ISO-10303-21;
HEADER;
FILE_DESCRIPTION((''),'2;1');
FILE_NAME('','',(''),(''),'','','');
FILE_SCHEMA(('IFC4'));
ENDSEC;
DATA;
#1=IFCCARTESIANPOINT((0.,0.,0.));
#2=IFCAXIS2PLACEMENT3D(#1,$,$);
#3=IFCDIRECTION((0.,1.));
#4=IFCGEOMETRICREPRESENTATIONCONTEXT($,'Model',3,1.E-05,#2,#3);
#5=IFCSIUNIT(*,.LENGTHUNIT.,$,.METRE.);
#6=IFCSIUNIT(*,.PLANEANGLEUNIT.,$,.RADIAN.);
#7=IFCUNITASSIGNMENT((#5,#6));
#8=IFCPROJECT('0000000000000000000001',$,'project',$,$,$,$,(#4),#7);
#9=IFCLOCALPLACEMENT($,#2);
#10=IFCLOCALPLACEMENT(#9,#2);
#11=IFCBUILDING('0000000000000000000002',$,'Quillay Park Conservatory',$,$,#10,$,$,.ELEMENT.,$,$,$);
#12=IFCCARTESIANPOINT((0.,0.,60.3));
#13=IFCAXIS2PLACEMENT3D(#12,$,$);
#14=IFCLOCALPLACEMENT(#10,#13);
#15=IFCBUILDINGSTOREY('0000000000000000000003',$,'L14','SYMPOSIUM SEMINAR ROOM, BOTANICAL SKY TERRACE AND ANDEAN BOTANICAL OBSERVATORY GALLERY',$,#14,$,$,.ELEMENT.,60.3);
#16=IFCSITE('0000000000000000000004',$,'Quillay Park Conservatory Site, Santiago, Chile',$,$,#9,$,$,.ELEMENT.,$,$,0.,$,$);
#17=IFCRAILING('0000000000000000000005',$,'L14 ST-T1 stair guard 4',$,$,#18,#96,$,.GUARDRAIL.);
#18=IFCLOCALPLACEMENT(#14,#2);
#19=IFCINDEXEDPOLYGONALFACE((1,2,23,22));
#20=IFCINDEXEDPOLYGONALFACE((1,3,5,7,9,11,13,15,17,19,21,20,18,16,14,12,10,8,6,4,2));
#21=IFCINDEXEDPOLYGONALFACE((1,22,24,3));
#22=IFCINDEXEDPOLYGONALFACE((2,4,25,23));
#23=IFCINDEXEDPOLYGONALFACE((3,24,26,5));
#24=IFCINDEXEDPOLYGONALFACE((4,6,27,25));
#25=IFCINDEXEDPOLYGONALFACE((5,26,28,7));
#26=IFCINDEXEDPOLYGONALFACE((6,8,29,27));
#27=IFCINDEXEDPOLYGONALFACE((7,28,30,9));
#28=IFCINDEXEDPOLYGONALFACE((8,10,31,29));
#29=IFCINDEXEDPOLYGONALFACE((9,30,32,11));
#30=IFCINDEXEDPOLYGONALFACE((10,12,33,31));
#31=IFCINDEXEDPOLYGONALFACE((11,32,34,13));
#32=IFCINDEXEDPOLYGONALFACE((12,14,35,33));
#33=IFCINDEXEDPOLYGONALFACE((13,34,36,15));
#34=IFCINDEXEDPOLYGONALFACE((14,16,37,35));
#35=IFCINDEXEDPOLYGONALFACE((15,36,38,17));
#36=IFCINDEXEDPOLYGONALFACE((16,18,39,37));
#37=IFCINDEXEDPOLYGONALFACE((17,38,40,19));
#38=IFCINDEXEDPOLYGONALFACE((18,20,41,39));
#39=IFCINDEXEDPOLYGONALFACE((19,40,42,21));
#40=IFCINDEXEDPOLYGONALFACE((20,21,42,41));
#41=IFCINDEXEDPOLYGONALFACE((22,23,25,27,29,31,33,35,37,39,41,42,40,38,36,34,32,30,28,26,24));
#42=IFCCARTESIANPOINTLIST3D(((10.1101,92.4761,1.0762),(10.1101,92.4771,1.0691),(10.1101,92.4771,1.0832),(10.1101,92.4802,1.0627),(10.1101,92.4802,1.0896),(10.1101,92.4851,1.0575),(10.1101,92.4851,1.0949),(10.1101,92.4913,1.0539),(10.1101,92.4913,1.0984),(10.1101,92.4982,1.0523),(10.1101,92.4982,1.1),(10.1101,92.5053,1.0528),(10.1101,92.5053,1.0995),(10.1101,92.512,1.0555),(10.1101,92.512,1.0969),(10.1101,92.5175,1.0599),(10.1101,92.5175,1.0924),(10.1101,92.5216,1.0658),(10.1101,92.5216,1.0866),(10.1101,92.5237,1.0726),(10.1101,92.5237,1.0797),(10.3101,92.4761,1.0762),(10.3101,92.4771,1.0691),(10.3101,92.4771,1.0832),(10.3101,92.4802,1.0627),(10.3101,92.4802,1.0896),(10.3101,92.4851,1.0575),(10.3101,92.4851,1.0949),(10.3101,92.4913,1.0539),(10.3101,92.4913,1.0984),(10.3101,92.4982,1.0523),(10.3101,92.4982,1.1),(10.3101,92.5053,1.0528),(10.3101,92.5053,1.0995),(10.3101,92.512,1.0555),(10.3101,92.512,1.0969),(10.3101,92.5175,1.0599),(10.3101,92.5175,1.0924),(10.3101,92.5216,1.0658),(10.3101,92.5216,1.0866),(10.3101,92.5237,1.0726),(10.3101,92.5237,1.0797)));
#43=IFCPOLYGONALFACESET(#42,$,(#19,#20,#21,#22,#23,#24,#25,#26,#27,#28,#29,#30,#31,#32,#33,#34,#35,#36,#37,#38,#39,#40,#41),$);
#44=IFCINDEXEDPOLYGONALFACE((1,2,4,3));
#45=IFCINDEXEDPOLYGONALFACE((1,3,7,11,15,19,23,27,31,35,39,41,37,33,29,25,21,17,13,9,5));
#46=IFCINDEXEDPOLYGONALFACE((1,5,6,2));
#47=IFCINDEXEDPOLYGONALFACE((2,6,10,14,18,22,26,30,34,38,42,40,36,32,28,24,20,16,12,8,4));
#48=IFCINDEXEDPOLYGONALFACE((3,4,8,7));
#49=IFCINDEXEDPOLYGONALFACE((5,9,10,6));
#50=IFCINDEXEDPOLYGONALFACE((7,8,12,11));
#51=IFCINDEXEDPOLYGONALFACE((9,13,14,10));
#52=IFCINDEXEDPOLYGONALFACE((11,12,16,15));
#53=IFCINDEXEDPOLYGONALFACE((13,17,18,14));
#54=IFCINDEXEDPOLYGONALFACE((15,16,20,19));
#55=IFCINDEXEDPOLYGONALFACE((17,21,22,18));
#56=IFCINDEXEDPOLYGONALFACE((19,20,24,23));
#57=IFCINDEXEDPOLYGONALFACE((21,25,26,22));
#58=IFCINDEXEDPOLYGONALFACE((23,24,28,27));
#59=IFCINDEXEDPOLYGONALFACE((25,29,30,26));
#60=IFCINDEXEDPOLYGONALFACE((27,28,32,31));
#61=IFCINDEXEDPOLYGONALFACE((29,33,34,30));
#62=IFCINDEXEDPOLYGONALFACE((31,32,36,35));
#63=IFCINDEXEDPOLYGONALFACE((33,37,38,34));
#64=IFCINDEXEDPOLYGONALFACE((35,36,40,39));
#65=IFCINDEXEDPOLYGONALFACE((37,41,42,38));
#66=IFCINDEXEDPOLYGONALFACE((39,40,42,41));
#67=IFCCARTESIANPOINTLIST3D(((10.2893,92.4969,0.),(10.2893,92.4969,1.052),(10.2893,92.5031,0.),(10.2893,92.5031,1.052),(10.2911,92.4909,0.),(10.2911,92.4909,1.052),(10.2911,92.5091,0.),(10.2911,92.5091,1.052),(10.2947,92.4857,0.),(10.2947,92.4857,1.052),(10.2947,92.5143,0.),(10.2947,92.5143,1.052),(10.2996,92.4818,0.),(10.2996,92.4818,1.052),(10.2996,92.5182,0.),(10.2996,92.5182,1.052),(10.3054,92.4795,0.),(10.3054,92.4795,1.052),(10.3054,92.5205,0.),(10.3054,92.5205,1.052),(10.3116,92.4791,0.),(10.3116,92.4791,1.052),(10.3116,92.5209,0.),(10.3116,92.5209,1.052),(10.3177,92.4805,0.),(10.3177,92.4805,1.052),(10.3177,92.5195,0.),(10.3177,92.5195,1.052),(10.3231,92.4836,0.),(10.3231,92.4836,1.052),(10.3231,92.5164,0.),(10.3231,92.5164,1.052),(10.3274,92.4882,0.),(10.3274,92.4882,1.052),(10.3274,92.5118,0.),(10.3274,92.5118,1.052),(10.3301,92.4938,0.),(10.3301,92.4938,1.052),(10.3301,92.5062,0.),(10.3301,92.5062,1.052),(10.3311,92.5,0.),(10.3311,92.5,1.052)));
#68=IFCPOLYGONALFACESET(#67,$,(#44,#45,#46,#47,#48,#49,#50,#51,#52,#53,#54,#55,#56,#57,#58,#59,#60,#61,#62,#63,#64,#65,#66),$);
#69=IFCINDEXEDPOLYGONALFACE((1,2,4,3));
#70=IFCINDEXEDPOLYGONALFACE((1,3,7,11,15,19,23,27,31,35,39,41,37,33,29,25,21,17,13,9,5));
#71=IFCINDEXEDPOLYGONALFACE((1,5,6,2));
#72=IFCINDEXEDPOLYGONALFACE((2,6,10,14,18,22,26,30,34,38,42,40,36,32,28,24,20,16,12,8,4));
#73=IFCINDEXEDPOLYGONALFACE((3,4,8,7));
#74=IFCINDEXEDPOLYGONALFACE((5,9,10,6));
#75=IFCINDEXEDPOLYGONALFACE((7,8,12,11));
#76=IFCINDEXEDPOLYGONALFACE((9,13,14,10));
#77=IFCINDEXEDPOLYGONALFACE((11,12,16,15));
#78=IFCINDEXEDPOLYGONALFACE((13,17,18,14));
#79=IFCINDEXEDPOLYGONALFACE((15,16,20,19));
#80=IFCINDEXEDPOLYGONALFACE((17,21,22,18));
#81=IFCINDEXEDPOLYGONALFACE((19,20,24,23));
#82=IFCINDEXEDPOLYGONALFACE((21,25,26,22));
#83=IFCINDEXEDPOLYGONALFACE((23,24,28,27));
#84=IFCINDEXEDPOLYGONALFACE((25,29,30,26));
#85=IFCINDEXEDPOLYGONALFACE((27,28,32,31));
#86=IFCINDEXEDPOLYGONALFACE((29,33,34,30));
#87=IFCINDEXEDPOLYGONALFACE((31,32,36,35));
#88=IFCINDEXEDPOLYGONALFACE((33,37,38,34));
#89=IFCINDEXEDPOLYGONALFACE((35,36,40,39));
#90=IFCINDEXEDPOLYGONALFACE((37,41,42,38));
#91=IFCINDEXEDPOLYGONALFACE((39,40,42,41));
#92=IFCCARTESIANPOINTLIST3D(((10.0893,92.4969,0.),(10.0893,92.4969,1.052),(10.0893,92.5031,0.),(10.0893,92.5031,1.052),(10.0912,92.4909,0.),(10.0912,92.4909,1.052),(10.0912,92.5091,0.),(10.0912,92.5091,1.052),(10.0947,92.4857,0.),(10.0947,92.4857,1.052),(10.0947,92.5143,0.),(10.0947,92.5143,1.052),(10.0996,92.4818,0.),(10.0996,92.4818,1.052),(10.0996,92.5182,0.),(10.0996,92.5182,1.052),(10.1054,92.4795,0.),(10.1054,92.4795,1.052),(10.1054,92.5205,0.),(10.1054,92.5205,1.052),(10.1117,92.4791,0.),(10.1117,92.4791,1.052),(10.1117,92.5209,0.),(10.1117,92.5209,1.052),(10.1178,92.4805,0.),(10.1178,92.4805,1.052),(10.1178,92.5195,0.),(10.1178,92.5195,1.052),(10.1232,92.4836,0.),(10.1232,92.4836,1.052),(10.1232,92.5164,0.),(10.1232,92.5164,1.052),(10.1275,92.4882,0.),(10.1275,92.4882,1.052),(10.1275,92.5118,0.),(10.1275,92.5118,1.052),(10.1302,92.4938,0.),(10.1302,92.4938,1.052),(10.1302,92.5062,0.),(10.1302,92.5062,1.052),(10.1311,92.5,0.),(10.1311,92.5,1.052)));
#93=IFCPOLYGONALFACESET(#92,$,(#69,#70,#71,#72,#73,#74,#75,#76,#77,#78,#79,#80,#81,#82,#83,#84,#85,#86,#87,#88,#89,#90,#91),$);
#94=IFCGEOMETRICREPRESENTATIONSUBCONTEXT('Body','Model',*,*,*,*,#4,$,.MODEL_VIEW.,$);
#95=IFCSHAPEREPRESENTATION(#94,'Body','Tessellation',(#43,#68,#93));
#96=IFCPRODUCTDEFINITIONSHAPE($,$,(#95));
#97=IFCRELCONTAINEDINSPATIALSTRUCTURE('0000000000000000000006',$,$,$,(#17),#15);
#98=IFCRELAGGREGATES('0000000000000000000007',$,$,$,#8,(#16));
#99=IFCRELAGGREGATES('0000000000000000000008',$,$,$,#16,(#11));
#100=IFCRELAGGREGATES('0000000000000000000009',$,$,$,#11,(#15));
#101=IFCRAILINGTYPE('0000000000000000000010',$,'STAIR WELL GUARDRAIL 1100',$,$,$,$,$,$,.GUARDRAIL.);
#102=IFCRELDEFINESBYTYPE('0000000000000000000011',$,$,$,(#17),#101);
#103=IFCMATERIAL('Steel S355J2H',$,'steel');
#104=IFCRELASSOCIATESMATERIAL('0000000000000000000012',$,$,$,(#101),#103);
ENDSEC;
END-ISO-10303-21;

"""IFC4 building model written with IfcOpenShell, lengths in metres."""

from ifc_helpers import new_model, si_unit, direction, frame, origin, origin_2d, place, context, subcontext, project, spatial, circle, extrude, material, type_object, element, save


model = new_model("IFC4")

# Units and contexts
model_context = context("Model", 3, precision=1e-05, world=origin(), true_north=direction((0.0, 1.0)))
body_context = subcontext(model_context, "Body", "Model", "MODEL_VIEW")
ifc_project = project(units=[si_unit("LENGTHUNIT", "METRE"), si_unit("PLANEANGLEUNIT", "RADIAN")], contexts=[model_context])

# Site, building, storey
site_placement = place(None, origin())
site = spatial("IfcSite", under=ifc_project, at=site_placement, Name="Quillay Park Conservatory Site, Santiago, Chile", CompositionType="ELEMENT", RefElevation=0.0)
building_placement = place(site_placement, origin())
building = spatial("IfcBuilding", under=site, at=building_placement, Name="Quillay Park Conservatory", CompositionType="ELEMENT")
storey_placement = place(building_placement, frame((0.0, 0.0, 60.3)))
storey = spatial("IfcBuildingStorey", under=building, at=storey_placement, Name="L14", Description="SYMPOSIUM SEMINAR ROOM, BOTANICAL SKY TERRACE AND ANDEAN BOTANICAL OBSERVATORY GALLERY", CompositionType="ELEMENT", Elevation=60.3)

# Railing
ifc_material_1 = material(Name="Steel S355J2H", Category="steel")
railing_type_1 = type_object("IfcRailingType", Name="STAIR WELL GUARDRAIL 1100", PredefinedType="GUARDRAIL", material=ifc_material_1)
railing_1_placement = place(storey_placement, frame((10.3101, 92.5, 0.0)))
element("IfcRailing", 1, at=railing_1_placement, inside=storey, type_object=railing_type_1, Name="L14 ST-T1 stair guard 4", PredefinedType="GUARDRAIL", context=body_context, shape_type="SweptSolid", body=[
    extrude(circle(Radius=0.0239, at=origin_2d()), frame((0.0, 0.0, 1.0762), z_axis=(-1.0, 0.0, 0.0), x_axis=(0.0, -1.0, 0.0)), (0.0, 0.0, 1.0), 0.2),
    extrude(circle(Radius=0.021, at=origin_2d()), origin(), (0.0, 0.0, 1.0), 1.052),
    extrude(circle(Radius=0.021, at=origin_2d()), frame((-0.2, 0.0, 0.0)), (0.0, 0.0, 1.0), 1.052),
])

save(model, "model.ifc")
